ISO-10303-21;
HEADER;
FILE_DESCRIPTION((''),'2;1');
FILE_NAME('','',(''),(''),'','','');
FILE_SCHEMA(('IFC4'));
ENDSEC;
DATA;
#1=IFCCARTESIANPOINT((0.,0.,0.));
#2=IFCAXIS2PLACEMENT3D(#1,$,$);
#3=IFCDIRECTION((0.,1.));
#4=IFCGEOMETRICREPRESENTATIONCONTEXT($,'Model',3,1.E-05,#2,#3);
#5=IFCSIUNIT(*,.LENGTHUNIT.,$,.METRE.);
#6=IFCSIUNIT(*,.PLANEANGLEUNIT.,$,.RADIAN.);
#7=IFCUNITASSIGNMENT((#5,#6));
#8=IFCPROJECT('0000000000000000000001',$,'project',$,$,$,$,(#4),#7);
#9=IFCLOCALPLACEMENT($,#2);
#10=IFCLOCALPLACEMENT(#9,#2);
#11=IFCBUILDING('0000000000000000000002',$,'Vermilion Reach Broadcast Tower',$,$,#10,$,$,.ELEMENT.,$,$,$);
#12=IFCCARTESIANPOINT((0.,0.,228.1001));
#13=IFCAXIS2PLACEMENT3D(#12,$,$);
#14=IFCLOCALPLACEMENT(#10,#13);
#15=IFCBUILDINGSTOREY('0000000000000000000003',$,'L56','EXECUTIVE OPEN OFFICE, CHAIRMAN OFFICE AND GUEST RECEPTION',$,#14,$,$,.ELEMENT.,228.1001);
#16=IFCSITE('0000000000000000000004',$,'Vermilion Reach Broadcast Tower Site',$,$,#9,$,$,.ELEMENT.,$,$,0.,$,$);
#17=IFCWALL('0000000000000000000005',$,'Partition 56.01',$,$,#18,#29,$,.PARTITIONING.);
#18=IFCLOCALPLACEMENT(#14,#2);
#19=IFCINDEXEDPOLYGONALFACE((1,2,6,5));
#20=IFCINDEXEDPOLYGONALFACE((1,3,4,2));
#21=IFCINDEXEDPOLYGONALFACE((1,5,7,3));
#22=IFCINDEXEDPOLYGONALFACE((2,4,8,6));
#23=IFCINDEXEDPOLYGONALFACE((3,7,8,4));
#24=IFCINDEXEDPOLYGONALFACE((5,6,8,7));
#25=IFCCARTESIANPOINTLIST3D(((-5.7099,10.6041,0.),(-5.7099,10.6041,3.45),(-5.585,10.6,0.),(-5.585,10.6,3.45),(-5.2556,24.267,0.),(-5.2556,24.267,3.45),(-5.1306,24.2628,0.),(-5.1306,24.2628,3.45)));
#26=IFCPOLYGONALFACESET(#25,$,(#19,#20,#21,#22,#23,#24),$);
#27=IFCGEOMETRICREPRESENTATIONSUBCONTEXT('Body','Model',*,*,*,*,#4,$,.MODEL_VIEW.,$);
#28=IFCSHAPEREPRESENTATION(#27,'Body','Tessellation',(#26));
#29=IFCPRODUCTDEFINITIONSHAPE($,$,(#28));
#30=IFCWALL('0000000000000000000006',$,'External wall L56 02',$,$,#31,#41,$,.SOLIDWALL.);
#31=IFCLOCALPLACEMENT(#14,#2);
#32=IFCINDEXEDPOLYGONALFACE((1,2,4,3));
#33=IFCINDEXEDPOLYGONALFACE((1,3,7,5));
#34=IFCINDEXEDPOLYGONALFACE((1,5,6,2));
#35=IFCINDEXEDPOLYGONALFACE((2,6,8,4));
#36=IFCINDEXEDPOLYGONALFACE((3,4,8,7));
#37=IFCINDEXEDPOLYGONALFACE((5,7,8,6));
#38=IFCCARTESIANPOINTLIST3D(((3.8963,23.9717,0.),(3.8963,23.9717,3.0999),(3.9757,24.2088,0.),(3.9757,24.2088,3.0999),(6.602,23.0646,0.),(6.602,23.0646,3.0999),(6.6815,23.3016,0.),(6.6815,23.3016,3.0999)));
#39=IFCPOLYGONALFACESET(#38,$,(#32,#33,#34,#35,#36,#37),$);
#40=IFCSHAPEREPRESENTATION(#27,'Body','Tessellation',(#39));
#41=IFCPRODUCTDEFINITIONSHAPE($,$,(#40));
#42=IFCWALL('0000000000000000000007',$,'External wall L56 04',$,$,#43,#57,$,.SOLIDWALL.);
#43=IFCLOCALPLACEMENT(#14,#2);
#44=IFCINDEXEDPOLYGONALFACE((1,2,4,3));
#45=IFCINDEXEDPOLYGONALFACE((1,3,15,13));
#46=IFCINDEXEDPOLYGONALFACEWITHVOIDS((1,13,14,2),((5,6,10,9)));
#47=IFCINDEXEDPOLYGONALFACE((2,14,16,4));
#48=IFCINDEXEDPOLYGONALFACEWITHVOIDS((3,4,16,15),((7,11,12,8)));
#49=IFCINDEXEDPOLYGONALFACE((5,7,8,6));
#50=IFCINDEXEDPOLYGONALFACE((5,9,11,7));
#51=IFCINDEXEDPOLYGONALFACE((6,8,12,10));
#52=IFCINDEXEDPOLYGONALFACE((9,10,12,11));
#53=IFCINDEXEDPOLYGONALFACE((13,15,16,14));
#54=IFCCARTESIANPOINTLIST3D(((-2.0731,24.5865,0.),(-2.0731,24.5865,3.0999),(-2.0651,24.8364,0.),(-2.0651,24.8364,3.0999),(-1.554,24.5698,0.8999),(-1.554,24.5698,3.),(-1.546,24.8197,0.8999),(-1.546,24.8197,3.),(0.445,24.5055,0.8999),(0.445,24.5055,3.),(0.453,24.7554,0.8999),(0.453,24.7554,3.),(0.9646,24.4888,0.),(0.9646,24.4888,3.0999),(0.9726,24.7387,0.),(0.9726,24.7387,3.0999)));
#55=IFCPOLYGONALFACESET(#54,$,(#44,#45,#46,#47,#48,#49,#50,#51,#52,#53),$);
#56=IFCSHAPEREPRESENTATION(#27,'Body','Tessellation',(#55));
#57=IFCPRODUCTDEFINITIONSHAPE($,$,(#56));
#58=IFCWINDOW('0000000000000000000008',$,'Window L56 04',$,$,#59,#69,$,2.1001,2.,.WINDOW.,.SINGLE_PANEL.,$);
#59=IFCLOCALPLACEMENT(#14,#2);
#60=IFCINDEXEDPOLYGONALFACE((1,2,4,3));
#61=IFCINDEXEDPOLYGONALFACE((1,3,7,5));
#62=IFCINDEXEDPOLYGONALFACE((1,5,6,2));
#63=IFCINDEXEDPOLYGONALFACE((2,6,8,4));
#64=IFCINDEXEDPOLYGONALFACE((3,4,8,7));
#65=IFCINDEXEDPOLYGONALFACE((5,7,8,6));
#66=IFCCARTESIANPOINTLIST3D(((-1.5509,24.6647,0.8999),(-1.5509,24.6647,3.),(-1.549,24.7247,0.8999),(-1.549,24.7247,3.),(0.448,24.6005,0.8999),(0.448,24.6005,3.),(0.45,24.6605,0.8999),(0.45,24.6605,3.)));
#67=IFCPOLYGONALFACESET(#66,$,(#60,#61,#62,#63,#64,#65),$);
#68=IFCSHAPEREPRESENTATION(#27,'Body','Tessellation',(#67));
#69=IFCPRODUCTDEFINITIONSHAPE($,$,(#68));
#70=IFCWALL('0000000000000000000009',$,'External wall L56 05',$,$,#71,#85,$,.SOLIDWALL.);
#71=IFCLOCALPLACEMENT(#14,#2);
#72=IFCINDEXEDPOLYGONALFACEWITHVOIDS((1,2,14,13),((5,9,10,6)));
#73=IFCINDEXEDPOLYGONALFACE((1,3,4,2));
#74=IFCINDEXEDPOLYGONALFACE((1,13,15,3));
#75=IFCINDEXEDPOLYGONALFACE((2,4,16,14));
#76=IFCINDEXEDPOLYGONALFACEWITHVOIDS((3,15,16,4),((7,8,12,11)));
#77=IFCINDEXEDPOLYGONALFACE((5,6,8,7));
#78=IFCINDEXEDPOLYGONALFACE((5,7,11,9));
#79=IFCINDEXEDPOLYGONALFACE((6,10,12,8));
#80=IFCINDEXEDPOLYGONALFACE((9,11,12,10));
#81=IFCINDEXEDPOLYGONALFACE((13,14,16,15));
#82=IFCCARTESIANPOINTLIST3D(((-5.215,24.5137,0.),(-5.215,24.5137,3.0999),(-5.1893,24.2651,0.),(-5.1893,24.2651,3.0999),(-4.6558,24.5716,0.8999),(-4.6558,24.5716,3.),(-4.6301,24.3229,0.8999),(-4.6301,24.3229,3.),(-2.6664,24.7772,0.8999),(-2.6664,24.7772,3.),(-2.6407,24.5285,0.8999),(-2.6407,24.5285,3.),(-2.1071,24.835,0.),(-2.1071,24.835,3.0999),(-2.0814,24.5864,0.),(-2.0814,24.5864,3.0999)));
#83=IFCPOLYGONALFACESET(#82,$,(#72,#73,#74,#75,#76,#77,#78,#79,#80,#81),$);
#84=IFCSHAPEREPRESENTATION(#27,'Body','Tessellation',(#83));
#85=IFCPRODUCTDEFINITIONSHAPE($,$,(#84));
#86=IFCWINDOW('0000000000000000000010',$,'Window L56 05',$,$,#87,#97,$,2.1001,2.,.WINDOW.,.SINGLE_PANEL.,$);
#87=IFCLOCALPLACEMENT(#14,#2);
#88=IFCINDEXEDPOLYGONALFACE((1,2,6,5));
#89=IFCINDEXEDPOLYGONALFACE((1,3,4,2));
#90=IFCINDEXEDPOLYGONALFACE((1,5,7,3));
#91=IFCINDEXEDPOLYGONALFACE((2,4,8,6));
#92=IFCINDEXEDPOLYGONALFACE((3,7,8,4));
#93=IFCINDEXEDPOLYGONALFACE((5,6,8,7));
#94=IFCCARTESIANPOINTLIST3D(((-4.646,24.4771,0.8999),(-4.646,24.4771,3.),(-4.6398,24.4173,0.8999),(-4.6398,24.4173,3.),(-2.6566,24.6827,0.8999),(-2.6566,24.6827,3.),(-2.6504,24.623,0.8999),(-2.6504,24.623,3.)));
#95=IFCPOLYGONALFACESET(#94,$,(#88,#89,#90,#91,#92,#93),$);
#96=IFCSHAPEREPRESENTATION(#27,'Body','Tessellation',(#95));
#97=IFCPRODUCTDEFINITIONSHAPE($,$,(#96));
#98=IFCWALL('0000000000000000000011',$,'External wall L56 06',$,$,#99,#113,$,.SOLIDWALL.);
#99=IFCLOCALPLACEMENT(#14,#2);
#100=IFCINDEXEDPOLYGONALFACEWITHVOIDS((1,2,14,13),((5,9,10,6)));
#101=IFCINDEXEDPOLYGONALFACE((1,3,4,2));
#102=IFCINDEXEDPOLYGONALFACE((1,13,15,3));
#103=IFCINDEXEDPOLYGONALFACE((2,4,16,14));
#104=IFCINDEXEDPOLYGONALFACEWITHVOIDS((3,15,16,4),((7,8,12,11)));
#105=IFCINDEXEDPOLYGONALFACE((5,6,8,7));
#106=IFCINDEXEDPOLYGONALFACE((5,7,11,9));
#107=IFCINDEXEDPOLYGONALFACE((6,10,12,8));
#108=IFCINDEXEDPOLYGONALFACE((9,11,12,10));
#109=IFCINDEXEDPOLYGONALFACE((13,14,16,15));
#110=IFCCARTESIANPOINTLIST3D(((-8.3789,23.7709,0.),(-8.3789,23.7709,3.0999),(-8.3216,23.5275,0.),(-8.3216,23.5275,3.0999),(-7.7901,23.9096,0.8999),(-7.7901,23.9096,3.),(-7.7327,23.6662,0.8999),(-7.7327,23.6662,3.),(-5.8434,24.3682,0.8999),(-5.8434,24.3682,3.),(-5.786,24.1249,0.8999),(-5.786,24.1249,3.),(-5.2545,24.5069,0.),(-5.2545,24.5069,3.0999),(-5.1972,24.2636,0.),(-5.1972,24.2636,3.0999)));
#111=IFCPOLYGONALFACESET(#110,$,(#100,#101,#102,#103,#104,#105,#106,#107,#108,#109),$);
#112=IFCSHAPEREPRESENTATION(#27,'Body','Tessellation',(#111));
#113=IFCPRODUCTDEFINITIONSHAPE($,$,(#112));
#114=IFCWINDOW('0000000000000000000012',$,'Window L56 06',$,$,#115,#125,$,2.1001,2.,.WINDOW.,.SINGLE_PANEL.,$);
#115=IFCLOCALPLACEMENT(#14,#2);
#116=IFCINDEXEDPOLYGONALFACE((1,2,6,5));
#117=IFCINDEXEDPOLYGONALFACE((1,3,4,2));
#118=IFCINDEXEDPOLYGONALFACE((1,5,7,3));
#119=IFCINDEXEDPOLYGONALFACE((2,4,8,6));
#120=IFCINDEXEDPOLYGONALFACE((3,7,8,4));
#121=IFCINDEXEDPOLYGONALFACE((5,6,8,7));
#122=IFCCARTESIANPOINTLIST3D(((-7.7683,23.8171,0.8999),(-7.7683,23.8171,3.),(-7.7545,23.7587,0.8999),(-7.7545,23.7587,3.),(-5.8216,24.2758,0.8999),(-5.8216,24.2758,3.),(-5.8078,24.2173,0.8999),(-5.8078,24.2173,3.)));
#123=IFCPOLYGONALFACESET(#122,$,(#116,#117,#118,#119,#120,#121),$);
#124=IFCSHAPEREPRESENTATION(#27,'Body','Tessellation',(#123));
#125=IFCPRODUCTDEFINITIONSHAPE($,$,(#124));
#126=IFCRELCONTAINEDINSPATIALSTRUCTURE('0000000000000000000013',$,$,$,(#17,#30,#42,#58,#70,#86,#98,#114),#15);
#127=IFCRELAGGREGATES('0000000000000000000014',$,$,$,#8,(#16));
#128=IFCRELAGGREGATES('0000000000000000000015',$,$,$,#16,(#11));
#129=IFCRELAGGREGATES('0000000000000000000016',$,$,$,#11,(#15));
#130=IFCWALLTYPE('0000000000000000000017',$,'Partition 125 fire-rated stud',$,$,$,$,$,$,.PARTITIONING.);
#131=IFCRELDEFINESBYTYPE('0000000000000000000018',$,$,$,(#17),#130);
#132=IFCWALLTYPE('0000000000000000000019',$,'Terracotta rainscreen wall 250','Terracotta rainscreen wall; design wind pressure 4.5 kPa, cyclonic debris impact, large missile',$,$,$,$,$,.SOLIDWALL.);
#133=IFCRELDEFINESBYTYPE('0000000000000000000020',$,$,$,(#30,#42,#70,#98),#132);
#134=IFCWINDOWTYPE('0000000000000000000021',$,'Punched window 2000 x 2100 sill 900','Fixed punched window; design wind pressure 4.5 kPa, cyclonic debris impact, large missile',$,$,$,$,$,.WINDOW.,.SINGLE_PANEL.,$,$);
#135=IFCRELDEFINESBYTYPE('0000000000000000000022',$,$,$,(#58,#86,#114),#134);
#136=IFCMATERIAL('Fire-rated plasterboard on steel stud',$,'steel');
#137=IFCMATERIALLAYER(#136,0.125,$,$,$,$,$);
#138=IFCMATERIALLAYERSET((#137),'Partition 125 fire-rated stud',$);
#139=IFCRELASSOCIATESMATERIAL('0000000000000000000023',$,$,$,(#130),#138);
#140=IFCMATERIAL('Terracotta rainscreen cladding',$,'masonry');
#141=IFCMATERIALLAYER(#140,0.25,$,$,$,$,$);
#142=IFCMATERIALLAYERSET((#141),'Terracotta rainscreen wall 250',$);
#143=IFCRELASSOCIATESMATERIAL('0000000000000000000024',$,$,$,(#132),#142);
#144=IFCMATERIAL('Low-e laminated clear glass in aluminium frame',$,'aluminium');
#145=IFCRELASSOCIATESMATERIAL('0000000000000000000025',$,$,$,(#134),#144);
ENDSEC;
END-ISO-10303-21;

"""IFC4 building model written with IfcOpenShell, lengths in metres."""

from ifc_helpers import new_model, si_unit, direction, frame, frame_2d, origin, place, context, subcontext, project, spatial, rectangle, extrude, material, layer, layer_set, type_object, element, fill, save


model = new_model("IFC4")

# Units and contexts
model_context = context("Model", 3, precision=1e-05, world=origin(), true_north=direction((0.0, 1.0)))
body_context = subcontext(model_context, "Body", "Model", "MODEL_VIEW")
ifc_project = project(units=[si_unit("LENGTHUNIT", "METRE"), si_unit("PLANEANGLEUNIT", "RADIAN")], contexts=[model_context])

# Site, building, storey
site_placement = place(None, origin())
site = spatial("IfcSite", under=ifc_project, at=site_placement, Name="Vermilion Reach Broadcast Tower Site", CompositionType="ELEMENT", RefElevation=0.0)
building_placement = place(site_placement, origin())
building = spatial("IfcBuilding", under=site, at=building_placement, Name="Vermilion Reach Broadcast Tower", CompositionType="ELEMENT")
storey_placement = place(building_placement, frame((0.0, 0.0, 228.1001)))
storey = spatial("IfcBuildingStorey", under=building, at=storey_placement, Name="L56", Description="EXECUTIVE OPEN OFFICE, CHAIRMAN OFFICE AND GUEST RECEPTION", CompositionType="ELEMENT", Elevation=228.1001)

# Walls
ifc_material_1 = material(Name="Fire-rated plasterboard on steel stud", Category="steel")
ifc_layer_1 = layer(ifc_material_1, 0.125)
ifc_layer_set_1 = layer_set([ifc_layer_1], Name="Partition 125 fire-rated stud")
wall_type_1 = type_object("IfcWallType", Name="Partition 125 fire-rated stud", PredefinedType="PARTITIONING", material=ifc_layer_set_1)
wall_1_placement = place(storey_placement, frame((-5.1931, 24.2649, 0.0), z_axis=(0.0, 0.0, 1.0), x_axis=(-0.033236, -0.999448, 0.0)))
element("IfcWall", 1, at=wall_1_placement, inside=storey, type_object=wall_type_1, Name="Partition 56.01", PredefinedType="PARTITIONING", context=body_context, shape_type="SweptSolid", body=[
    extrude(rectangle(XDim=13.6704, YDim=0.125, at=frame_2d((6.8352, 0.0))), origin(), (0.0, 0.0, 1.0), 3.45),
])
ifc_material_2 = material(Name="Terracotta rainscreen cladding", Category="masonry")
ifc_layer_2 = layer(ifc_material_2, 0.25)
ifc_layer_set_2 = layer_set([ifc_layer_2], Name="Terracotta rainscreen wall 250")
wall_type_2 = type_object("IfcWallType", Name="Terracotta rainscreen wall 250", Description="Terracotta rainscreen wall; design wind pressure 4.5 kPa, cyclonic debris impact, large missile", PredefinedType="SOLIDWALL", material=ifc_layer_set_2)
wall_2_placement = place(storey_placement, frame((6.6416, 23.1831, 0.0), z_axis=(0.0, 0.0, 1.0), x_axis=(-0.948126, 0.317895, 0.0)))
element("IfcWall", 2, at=wall_2_placement, inside=storey, type_object=wall_type_2, Name="External wall L56 02", PredefinedType="SOLIDWALL", context=body_context, shape_type="SweptSolid", body=[
    extrude(rectangle(XDim=2.8538, YDim=0.25, at=frame_2d((1.4268, 0.0))), origin(), (0.0, 0.0, 1.0), 3.0999),
])

# Walls, openings, windows
wall_3_placement = place(storey_placement, frame((0.9685, 24.6138, 0.0), z_axis=(0.0, 0.0, 1.0), x_axis=(-0.999484, 0.03213, 0.0)))
wall_3 = element("IfcWall", 3, at=wall_3_placement, inside=storey, type_object=wall_type_2, Name="External wall L56 04", PredefinedType="SOLIDWALL", context=body_context, shape_type="SweptSolid", body=[
    extrude(rectangle(XDim=3.0393, YDim=0.25, at=frame_2d((1.5195, 0.0))), origin(), (0.0, 0.0, 1.0), 3.0999),
])
opening_1_placement = place(wall_3_placement, frame((0.5198, 0.0, 0.8999)))
opening_1 = element("IfcOpeningElement", 4, at=opening_1_placement, cuts=wall_3, PredefinedType="OPENING", context=body_context, shape_type="SweptSolid", body=[
    extrude(rectangle(XDim=2.0, YDim=2.1001, at=frame_2d((1.0, 1.05))), frame((0.0, 0.135, 0.0), z_axis=(0.0, -1.0, 0.0), x_axis=(1.0, 0.0, 0.0)), (0.0, 0.0, 1.0), 0.27),
])
ifc_material_3 = material(Name="Low-e laminated clear glass in aluminium frame", Category="aluminium")
window_type = type_object("IfcWindowType", Name="Punched window 2000 x 2100 sill 900", Description="Fixed punched window; design wind pressure 4.5 kPa, cyclonic debris impact, large missile", PartitioningType="SINGLE_PANEL", PredefinedType="WINDOW", material=ifc_material_3)
window_1_placement = place(opening_1_placement, origin())
window_1 = element("IfcWindow", 5, at=window_1_placement, inside=storey, type_object=window_type, Name="Window L56 04", OverallHeight=2.1001, OverallWidth=2.0, PartitioningType="SINGLE_PANEL", PredefinedType="WINDOW", context=body_context, shape_type="SweptSolid", body=[
    extrude(rectangle(XDim=2.0, YDim=2.1001, at=frame_2d((1.0, 1.05))), frame((0.0, 0.03, 0.0), z_axis=(0.0, -1.0, 0.0), x_axis=(1.0, 0.0, 0.0)), (0.0, 0.0, 1.0), 0.0601),
])
fill(opening_1, window_1)
wall_4_placement = place(storey_placement, frame((-2.0942, 24.7107, 0.0), z_axis=(0.0, 0.0, 1.0), x_axis=(-0.994699, -0.10283, 0.0)))
wall_4 = element("IfcWall", 6, at=wall_4_placement, inside=storey, type_object=wall_type_2, Name="External wall L56 05", PredefinedType="SOLIDWALL", context=body_context, shape_type="SweptSolid", body=[
    extrude(rectangle(XDim=3.1245, YDim=0.25, at=frame_2d((1.5623, 0.0))), origin(), (0.0, 0.0, 1.0), 3.0999),
])
opening_2_placement = place(wall_4_placement, frame((0.5623, 0.0, 0.8999)))
opening_2 = element("IfcOpeningElement", 7, at=opening_2_placement, cuts=wall_4, PredefinedType="OPENING", context=body_context, shape_type="SweptSolid", body=[
    extrude(rectangle(XDim=2.0, YDim=2.1001, at=frame_2d((1.0, 1.05))), frame((0.0, 0.135, 0.0), z_axis=(0.0, -1.0, 0.0), x_axis=(1.0, 0.0, 0.0)), (0.0, 0.0, 1.0), 0.27),
])
window_2_placement = place(opening_2_placement, origin())
window_2 = element("IfcWindow", 8, at=window_2_placement, inside=storey, type_object=window_type, Name="Window L56 05", OverallHeight=2.1001, OverallWidth=2.0, PartitioningType="SINGLE_PANEL", PredefinedType="WINDOW", context=body_context, shape_type="SweptSolid", body=[
    extrude(rectangle(XDim=2.0, YDim=2.1001, at=frame_2d((1.0, 1.05))), frame((0.0, 0.03, 0.0), z_axis=(0.0, -1.0, 0.0), x_axis=(1.0, 0.0, 0.0)), (0.0, 0.0, 1.0), 0.0601),
])
fill(opening_2, window_2)
wall_5_placement = place(storey_placement, frame((-5.2258, 24.3853, 0.0), z_axis=(0.0, 0.0, 1.0), x_axis=(-0.973354, -0.229306, 0.0)))
wall_5 = element("IfcWall", 9, at=wall_5_placement, inside=storey, type_object=wall_type_2, Name="External wall L56 06", PredefinedType="SOLIDWALL", context=body_context, shape_type="SweptSolid", body=[
    extrude(rectangle(XDim=3.21, YDim=0.25, at=frame_2d((1.605, 0.0))), origin(), (0.0, 0.0, 1.0), 3.0999),
])
opening_3_placement = place(wall_5_placement, frame((0.605, 0.0, 0.8999)))
opening_3 = element("IfcOpeningElement", 10, at=opening_3_placement, cuts=wall_5, PredefinedType="OPENING", context=body_context, shape_type="SweptSolid", body=[
    extrude(rectangle(XDim=2.0, YDim=2.1001, at=frame_2d((1.0, 1.05))), frame((0.0, 0.135, 0.0), z_axis=(0.0, -1.0, 0.0), x_axis=(1.0, 0.0, 0.0)), (0.0, 0.0, 1.0), 0.27),
])
window_3_placement = place(opening_3_placement, origin())
window_3 = element("IfcWindow", 11, at=window_3_placement, inside=storey, type_object=window_type, Name="Window L56 06", OverallHeight=2.1001, OverallWidth=2.0, PartitioningType="SINGLE_PANEL", PredefinedType="WINDOW", context=body_context, shape_type="SweptSolid", body=[
    extrude(rectangle(XDim=2.0, YDim=2.1001, at=frame_2d((1.0, 1.05))), frame((0.0, 0.03, 0.0), z_axis=(0.0, -1.0, 0.0), x_axis=(1.0, 0.0, 0.0)), (0.0, 0.0, 1.0), 0.0601),
])
fill(opening_3, window_3)

save(model, "model.ifc")
